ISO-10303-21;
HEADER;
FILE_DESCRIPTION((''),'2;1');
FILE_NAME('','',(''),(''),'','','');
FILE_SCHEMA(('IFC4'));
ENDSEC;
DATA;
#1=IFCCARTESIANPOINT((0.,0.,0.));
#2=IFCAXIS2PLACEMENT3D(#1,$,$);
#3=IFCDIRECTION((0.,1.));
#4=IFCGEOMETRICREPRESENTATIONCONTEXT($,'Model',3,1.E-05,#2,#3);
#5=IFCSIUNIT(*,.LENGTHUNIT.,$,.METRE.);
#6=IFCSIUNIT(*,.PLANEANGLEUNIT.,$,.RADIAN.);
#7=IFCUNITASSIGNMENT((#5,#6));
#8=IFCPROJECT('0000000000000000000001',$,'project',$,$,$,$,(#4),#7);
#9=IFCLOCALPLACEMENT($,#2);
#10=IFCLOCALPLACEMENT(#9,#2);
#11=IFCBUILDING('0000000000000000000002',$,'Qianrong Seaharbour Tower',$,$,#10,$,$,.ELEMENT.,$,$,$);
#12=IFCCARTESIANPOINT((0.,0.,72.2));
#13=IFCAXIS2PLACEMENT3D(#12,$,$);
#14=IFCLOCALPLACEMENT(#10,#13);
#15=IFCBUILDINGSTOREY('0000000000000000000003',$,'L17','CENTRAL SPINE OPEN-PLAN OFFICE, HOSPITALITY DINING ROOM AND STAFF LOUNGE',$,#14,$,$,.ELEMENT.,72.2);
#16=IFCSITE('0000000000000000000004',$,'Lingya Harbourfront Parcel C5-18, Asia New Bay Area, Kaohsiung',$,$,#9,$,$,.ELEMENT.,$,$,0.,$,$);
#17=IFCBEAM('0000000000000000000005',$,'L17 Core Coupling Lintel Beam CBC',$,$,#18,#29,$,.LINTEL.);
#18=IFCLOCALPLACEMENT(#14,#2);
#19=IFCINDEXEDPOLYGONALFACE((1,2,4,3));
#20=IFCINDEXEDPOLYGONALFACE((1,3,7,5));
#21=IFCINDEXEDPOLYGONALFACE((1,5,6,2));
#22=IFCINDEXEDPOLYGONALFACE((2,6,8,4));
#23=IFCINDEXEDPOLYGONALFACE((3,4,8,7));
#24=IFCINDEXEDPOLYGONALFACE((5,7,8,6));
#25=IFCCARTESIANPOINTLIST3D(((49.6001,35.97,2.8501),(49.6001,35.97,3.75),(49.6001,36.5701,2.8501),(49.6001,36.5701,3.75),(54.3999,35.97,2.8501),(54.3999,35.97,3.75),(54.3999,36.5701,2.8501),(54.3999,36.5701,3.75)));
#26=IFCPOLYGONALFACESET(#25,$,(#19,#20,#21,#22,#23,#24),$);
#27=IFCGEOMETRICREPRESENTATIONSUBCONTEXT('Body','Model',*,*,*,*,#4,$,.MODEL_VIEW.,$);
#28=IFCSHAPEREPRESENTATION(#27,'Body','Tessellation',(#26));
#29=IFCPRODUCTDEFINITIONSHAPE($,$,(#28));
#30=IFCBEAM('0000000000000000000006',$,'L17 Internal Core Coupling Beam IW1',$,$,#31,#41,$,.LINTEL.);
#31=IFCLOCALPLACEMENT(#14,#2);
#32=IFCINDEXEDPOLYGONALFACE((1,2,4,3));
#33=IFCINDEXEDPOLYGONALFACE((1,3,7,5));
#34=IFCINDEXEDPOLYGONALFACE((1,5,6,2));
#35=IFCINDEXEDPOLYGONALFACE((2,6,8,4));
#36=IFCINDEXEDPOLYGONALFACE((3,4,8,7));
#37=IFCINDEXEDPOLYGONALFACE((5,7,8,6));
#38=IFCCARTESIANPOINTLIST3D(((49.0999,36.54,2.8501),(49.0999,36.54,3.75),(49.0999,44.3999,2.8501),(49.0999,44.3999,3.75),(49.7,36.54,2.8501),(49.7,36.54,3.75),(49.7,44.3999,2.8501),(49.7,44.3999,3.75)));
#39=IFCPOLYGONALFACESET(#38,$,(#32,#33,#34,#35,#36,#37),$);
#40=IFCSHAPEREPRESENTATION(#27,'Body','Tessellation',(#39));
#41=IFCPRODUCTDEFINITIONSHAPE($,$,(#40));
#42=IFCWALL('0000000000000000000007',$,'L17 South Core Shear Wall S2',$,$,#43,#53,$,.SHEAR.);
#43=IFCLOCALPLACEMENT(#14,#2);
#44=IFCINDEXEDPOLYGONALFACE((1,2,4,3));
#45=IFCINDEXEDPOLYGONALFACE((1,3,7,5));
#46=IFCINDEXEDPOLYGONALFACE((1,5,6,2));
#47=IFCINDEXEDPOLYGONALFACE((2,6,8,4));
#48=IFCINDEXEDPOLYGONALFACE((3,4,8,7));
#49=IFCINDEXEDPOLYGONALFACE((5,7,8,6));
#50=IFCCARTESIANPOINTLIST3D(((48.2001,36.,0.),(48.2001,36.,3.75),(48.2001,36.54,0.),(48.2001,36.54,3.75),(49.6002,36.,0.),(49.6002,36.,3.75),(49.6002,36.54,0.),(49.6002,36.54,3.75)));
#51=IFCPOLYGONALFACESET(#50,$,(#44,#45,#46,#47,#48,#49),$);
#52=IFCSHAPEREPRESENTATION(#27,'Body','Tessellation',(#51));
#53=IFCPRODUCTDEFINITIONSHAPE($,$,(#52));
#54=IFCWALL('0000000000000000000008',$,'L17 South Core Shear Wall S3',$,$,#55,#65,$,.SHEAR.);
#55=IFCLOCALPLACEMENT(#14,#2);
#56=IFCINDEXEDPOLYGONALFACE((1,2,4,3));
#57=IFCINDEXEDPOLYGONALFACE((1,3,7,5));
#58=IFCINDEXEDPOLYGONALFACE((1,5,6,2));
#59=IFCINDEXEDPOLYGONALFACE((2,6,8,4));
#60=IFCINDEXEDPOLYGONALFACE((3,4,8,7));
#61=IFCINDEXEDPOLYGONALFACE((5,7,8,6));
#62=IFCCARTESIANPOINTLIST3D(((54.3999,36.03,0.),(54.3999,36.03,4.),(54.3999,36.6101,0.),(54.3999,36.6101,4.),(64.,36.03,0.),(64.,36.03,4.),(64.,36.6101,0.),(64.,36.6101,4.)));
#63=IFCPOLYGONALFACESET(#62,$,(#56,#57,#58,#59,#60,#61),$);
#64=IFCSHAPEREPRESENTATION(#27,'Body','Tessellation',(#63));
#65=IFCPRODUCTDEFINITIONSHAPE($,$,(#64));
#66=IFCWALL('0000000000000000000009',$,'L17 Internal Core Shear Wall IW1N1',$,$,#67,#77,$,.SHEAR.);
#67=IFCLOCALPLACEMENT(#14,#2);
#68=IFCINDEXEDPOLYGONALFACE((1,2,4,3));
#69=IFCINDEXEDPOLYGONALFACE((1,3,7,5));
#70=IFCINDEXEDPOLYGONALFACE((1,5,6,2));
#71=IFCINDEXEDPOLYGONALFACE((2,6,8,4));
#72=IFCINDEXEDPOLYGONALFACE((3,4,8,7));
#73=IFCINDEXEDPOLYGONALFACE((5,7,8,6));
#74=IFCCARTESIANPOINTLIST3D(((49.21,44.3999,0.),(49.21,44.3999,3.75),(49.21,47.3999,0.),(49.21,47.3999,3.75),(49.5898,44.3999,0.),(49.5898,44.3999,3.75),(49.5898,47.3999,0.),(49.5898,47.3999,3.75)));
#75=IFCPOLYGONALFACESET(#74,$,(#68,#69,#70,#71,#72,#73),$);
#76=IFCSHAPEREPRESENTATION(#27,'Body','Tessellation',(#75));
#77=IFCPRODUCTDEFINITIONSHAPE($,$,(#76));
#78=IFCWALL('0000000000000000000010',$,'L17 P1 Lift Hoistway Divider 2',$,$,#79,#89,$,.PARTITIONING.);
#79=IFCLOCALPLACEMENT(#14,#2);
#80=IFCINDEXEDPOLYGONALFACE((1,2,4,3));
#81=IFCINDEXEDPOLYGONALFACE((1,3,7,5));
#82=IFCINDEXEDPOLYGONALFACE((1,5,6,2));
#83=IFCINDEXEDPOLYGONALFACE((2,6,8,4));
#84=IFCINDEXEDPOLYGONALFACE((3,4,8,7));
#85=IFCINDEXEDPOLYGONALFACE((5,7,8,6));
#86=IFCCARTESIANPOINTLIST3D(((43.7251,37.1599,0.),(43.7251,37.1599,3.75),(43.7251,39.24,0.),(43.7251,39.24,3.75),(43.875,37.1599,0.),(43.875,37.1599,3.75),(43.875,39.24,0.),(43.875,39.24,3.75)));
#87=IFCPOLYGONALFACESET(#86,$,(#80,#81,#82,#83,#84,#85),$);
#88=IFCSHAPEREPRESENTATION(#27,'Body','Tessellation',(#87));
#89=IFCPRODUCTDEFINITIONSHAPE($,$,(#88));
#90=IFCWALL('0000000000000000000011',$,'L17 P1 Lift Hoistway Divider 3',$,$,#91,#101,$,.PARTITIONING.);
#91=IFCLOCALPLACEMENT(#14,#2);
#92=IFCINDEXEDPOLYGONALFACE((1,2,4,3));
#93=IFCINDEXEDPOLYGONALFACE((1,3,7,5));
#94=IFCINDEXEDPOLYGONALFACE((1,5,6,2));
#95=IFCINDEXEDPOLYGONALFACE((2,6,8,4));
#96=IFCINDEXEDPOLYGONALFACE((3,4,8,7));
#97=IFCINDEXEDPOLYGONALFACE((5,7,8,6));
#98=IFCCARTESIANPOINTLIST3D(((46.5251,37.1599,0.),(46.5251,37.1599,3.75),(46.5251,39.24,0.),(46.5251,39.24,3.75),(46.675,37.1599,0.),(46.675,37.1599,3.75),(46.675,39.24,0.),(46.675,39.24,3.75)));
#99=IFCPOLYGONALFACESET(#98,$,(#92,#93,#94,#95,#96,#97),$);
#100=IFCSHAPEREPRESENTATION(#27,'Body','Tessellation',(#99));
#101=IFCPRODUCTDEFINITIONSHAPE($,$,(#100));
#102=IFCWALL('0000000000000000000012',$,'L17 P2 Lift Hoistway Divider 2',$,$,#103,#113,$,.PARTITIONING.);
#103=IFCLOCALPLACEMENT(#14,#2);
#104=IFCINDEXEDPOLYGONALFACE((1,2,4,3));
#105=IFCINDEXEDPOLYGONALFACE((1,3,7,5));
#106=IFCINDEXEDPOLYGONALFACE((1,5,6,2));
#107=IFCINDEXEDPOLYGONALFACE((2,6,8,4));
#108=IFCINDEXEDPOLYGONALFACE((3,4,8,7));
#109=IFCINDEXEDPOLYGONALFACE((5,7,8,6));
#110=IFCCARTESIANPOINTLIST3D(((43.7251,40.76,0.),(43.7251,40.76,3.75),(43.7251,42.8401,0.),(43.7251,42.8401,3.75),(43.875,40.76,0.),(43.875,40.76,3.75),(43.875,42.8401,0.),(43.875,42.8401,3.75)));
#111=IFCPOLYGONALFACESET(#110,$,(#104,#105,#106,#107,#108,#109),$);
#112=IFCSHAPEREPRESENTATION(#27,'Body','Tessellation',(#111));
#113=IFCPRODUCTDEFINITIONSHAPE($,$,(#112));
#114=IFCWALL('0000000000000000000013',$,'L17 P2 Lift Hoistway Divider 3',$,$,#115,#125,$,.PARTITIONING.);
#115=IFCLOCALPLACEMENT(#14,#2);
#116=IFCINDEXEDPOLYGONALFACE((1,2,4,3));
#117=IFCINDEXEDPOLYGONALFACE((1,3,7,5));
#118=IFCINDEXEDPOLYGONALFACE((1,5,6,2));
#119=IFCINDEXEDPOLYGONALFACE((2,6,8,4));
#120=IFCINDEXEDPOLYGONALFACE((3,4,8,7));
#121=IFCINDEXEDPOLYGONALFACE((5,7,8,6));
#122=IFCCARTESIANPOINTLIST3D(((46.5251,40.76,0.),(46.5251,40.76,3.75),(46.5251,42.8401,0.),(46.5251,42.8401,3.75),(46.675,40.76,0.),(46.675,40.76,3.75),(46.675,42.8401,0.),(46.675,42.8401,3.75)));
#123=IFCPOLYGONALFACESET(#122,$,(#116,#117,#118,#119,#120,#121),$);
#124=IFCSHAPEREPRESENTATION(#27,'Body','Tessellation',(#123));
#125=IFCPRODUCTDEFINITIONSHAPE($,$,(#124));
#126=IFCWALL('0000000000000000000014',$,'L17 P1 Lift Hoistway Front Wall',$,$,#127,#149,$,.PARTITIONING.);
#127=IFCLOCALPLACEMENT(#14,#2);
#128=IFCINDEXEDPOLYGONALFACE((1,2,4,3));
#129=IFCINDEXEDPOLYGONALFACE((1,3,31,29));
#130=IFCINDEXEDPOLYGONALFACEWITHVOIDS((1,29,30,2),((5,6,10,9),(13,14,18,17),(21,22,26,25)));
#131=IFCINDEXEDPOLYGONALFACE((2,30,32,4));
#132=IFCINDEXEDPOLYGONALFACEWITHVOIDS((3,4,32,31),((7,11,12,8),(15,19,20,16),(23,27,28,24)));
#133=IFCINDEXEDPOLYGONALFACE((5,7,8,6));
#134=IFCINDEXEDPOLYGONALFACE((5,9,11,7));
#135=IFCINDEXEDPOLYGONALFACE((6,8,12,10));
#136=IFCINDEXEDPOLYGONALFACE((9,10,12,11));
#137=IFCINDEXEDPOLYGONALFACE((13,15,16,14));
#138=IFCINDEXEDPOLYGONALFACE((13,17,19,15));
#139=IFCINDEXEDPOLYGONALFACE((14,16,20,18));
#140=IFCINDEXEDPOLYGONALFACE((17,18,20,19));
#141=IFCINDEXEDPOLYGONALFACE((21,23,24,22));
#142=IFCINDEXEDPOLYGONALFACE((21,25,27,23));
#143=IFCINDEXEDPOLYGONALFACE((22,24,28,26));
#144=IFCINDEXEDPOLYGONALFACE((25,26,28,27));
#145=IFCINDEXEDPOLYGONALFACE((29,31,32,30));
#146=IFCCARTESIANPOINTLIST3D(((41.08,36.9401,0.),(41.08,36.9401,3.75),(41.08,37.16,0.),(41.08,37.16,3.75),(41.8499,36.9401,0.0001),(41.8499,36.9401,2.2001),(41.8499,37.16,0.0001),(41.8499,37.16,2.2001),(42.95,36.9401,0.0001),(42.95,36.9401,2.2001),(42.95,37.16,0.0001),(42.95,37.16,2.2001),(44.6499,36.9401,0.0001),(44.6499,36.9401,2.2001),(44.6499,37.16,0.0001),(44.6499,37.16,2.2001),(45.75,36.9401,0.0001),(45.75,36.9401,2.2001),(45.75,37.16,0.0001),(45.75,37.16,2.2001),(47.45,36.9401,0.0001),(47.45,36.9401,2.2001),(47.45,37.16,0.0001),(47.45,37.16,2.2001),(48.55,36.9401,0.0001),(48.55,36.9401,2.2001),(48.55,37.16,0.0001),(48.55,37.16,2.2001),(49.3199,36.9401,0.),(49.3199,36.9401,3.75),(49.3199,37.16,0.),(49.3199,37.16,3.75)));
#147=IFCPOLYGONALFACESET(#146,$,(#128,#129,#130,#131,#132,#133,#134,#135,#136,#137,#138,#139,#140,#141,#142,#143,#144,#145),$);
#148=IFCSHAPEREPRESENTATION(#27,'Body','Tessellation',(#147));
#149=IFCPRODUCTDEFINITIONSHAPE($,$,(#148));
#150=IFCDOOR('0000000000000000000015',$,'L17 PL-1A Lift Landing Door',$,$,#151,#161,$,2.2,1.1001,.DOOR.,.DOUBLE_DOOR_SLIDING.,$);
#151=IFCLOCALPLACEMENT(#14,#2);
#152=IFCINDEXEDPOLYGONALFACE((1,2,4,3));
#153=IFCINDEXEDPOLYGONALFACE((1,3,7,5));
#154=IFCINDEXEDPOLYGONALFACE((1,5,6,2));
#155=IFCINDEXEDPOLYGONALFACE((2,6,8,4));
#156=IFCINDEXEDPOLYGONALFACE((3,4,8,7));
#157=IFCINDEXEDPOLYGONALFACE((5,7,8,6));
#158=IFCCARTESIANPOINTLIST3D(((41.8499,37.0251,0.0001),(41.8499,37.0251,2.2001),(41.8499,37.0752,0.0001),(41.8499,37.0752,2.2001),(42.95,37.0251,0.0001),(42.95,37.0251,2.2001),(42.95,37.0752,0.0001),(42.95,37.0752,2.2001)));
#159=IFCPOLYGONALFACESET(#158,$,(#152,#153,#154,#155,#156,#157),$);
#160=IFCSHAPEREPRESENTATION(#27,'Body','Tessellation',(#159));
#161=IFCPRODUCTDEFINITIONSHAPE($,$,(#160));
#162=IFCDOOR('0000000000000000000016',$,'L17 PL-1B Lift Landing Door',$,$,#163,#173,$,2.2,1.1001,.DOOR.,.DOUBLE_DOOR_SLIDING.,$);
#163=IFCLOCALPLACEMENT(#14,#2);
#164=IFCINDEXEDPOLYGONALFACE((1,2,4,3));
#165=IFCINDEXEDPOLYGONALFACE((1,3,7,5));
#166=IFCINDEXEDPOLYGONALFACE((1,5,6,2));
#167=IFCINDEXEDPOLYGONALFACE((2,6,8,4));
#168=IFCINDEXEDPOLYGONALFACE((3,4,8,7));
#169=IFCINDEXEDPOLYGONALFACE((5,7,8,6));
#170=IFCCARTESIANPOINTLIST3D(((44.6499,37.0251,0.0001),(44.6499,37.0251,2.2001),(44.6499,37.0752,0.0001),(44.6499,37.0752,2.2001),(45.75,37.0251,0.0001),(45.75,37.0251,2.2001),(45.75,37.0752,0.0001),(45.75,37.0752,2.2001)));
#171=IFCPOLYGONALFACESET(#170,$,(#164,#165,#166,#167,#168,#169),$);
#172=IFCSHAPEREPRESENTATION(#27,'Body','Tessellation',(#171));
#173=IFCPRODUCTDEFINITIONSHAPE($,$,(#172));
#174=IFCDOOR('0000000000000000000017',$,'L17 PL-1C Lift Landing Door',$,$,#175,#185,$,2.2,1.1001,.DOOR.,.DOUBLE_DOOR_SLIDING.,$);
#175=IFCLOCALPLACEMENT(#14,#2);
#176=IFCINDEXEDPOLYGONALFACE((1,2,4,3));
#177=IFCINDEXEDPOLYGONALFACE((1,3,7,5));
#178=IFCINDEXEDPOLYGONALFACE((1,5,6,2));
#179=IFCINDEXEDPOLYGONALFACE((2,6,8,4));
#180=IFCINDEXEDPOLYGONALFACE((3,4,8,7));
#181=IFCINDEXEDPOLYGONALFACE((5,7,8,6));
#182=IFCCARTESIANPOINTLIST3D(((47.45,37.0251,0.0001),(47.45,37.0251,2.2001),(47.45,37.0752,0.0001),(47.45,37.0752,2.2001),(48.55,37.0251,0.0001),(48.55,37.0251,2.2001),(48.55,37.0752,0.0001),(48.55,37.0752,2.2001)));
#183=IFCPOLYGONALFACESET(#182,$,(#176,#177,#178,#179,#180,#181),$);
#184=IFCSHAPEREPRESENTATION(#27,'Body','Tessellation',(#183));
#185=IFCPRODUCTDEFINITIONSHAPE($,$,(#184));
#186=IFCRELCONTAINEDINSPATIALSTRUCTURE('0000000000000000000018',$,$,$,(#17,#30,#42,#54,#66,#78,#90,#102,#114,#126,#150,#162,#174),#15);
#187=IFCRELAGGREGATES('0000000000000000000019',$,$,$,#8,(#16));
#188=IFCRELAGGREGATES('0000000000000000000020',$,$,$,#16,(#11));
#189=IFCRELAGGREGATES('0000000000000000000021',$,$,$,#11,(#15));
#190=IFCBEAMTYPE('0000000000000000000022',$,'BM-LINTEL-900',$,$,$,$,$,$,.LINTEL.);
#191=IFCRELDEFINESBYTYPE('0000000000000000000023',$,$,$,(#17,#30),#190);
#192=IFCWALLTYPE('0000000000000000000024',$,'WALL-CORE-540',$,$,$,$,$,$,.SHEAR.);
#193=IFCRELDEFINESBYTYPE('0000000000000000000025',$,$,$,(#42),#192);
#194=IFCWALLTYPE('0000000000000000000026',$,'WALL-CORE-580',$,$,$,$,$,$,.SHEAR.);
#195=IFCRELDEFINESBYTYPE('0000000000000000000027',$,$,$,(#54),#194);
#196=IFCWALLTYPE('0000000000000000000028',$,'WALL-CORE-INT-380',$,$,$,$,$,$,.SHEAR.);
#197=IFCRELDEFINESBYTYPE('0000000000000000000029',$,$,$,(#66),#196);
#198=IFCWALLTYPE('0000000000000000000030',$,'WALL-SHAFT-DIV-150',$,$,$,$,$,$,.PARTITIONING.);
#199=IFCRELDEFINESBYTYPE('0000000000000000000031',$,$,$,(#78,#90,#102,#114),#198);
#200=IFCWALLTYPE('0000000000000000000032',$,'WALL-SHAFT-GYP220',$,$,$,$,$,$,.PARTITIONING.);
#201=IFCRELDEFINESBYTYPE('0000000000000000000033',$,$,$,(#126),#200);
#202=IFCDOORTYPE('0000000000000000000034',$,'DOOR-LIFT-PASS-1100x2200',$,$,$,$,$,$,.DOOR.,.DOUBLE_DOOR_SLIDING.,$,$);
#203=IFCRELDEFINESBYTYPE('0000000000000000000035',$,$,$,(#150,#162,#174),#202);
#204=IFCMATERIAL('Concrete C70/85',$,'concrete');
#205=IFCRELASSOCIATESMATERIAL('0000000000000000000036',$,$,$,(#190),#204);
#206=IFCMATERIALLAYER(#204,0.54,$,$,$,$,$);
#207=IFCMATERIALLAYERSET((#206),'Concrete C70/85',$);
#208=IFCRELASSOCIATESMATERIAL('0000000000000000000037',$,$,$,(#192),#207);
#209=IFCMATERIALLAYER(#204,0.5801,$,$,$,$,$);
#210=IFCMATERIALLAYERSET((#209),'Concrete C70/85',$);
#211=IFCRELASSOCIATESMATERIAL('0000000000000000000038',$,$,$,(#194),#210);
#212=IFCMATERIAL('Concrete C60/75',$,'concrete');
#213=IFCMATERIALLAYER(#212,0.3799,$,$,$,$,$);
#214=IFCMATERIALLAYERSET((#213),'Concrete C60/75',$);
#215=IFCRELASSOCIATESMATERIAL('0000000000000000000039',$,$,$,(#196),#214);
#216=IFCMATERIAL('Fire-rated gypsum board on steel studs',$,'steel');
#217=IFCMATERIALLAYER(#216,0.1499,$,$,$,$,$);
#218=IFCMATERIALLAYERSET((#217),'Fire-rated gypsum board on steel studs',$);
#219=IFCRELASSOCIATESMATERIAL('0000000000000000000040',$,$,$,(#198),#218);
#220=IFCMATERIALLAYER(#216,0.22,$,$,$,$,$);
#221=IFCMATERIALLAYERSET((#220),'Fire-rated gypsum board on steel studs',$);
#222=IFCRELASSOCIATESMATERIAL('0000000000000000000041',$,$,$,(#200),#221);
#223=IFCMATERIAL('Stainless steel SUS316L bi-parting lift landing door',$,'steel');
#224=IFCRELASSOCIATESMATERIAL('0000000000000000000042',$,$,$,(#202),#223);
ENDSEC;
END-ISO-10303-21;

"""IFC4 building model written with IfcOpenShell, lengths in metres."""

from ifc_helpers import new_model, si_unit, direction, frame, frame_2d, origin, origin_2d, place, context, subcontext, project, spatial, rectangle, extrude, material, layer, layer_set, material_profile, profile_set, type_object, element, fill, save


model = new_model("IFC4")

# Units and contexts
model_context = context("Model", 3, precision=1e-05, world=origin(), true_north=direction((0.0, 1.0)))
body_context = subcontext(model_context, "Body", "Model", "MODEL_VIEW")
ifc_project = project(units=[si_unit("LENGTHUNIT", "METRE"), si_unit("PLANEANGLEUNIT", "RADIAN")], contexts=[model_context])

# Site, building, storey
site_placement = place(None, origin())
site = spatial("IfcSite", under=ifc_project, at=site_placement, Name="Lingya Harbourfront Parcel C5-18, Asia New Bay Area, Kaohsiung", CompositionType="ELEMENT", RefElevation=0.0)
building_placement = place(site_placement, origin())
building = spatial("IfcBuilding", under=site, at=building_placement, Name="Qianrong Seaharbour Tower", CompositionType="ELEMENT")
storey_placement = place(building_placement, frame((0.0, 0.0, 72.2)))
storey = spatial("IfcBuildingStorey", under=building, at=storey_placement, Name="L17", Description="CENTRAL SPINE OPEN-PLAN OFFICE, HOSPITALITY DINING ROOM AND STAFF LOUNGE", CompositionType="ELEMENT", Elevation=72.2)

# Beams
ifc_material_1 = material(Name="Concrete C70/85", Category="concrete")
ifc_material_profile = material_profile(ifc_material_1, rectangle(XDim=0.6001, YDim=0.8999, at=origin_2d()), Name="RC600x900")
ifc_profile_set = profile_set([ifc_material_profile], Name="Concrete C70/85")
beam_type = type_object("IfcBeamType", Name="BM-LINTEL-900", PredefinedType="LINTEL", material=ifc_profile_set)
beam_1_placement = place(storey_placement, frame((49.6001, 36.27, 3.3), z_axis=(1.0, 0.0, 0.0), x_axis=(0.0, 1.0, 0.0)))
element("IfcBeam", 1, at=beam_1_placement, inside=storey, type_object=beam_type, Name="L17 Core Coupling Lintel Beam CBC", PredefinedType="LINTEL", context=body_context, shape_type="SweptSolid", body=[
    extrude(rectangle(XDim=0.6001, YDim=0.8999, at=origin_2d()), origin(), (0.0, 0.0, 1.0), 4.7998),
])
beam_2_placement = place(storey_placement, frame((49.3999, 36.54, 3.3), z_axis=(0.0, 1.0, 0.0), x_axis=(-1.0, 0.0, 0.0)))
element("IfcBeam", 2, at=beam_2_placement, inside=storey, type_object=beam_type, Name="L17 Internal Core Coupling Beam IW1", PredefinedType="LINTEL", context=body_context, shape_type="SweptSolid", body=[
    extrude(rectangle(XDim=0.6001, YDim=0.8999, at=origin_2d()), origin(), (0.0, 0.0, 1.0), 7.8599),
])

# Walls
ifc_layer_1 = layer(ifc_material_1, 0.54)
ifc_layer_set_1 = layer_set([ifc_layer_1], Name="Concrete C70/85")
wall_type_1 = type_object("IfcWallType", Name="WALL-CORE-540", PredefinedType="SHEAR", material=ifc_layer_set_1)
wall_1_placement = place(storey_placement, frame((48.2, 36.27, 0.0), z_axis=(0.0, 0.0, 1.0), x_axis=(1.0, 0.0, 0.0)))
element("IfcWall", 3, at=wall_1_placement, inside=storey, type_object=wall_type_1, Name="L17 South Core Shear Wall S2", PredefinedType="SHEAR", context=body_context, shape_type="SweptSolid", body=[
    extrude(rectangle(XDim=1.4001, YDim=0.54, at=frame_2d((0.7002, 0.0))), origin(), (0.0, 0.0, 1.0), 3.75),
])
ifc_layer_2 = layer(ifc_material_1, 0.5801)
ifc_layer_set_2 = layer_set([ifc_layer_2], Name="Concrete C70/85")
wall_type_2 = type_object("IfcWallType", Name="WALL-CORE-580", PredefinedType="SHEAR", material=ifc_layer_set_2)
wall_2_placement = place(storey_placement, frame((54.3999, 36.3201, 0.0), z_axis=(0.0, 0.0, 1.0), x_axis=(1.0, 0.0, 0.0)))
element("IfcWall", 4, at=wall_2_placement, inside=storey, type_object=wall_type_2, Name="L17 South Core Shear Wall S3", PredefinedType="SHEAR", context=body_context, shape_type="SweptSolid", body=[
    extrude(rectangle(XDim=9.6001, YDim=0.5801, at=frame_2d((4.8, 0.0))), origin(), (0.0, 0.0, 1.0), 4.0),
])
ifc_material_2 = material(Name="Concrete C60/75", Category="concrete")
ifc_layer_3 = layer(ifc_material_2, 0.3799)
ifc_layer_set_3 = layer_set([ifc_layer_3], Name="Concrete C60/75")
wall_type_3 = type_object("IfcWallType", Name="WALL-CORE-INT-380", PredefinedType="SHEAR", material=ifc_layer_set_3)
wall_3_placement = place(storey_placement, frame((49.3999, 44.3999, 0.0), z_axis=(0.0, 0.0, 1.0), x_axis=(0.0, 1.0, 0.0)))
element("IfcWall", 5, at=wall_3_placement, inside=storey, type_object=wall_type_3, Name="L17 Internal Core Shear Wall IW1N1", PredefinedType="SHEAR", context=body_context, shape_type="SweptSolid", body=[
    extrude(rectangle(XDim=3.0, YDim=0.3799, at=frame_2d((1.5, 0.0))), origin(), (0.0, 0.0, 1.0), 3.75),
])
ifc_material_3 = material(Name="Fire-rated gypsum board on steel studs", Category="steel")
ifc_layer_4 = layer(ifc_material_3, 0.1499)
ifc_layer_set_4 = layer_set([ifc_layer_4], Name="Fire-rated gypsum board on steel studs")
wall_type_4 = type_object("IfcWallType", Name="WALL-SHAFT-DIV-150", PredefinedType="PARTITIONING", material=ifc_layer_set_4)
for number, where, z_axis, x_axis, name in (
    (6, (43.8, 37.1599, 0.0), (0.0, 0.0, 1.0), (0.0, 1.0, 0.0), "L17 P1 Lift Hoistway Divider 2"),
    (7, (46.6001, 37.1599, 0.0), (0.0, 0.0, 1.0), (0.0, 1.0, 0.0), "L17 P1 Lift Hoistway Divider 3"),
    (8, (43.8, 40.76, 0.0), (0.0, 0.0, 1.0), (0.0, 1.0, 0.0), "L17 P2 Lift Hoistway Divider 2"),
    (9, (46.6001, 40.76, 0.0), (0.0, 0.0, 1.0), (0.0, 1.0, 0.0), "L17 P2 Lift Hoistway Divider 3"),
):
    element("IfcWall", number, at=place(storey_placement, frame(where, z_axis=z_axis, x_axis=x_axis)), inside=storey, type_object=wall_type_4, Name=name, PredefinedType="PARTITIONING", context=body_context, shape_type="SweptSolid", body=[
        extrude(rectangle(XDim=2.0801, YDim=0.1499, at=frame_2d((1.04, 0.0))), origin(), (0.0, 0.0, 1.0), 3.75),
    ])

# Wall, openings, doors
ifc_layer_5 = layer(ifc_material_3, 0.22)
ifc_layer_set_5 = layer_set([ifc_layer_5], Name="Fire-rated gypsum board on steel studs")
wall_type_5 = type_object("IfcWallType", Name="WALL-SHAFT-GYP220", PredefinedType="PARTITIONING", material=ifc_layer_set_5)
wall_4_placement = place(storey_placement, frame((49.3201, 37.05, 0.0), z_axis=(0.0, 0.0, 1.0), x_axis=(-1.0, 0.0, 0.0)))
wall_4 = element("IfcWall", 10, at=wall_4_placement, inside=storey, type_object=wall_type_5, Name="L17 P1 Lift Hoistway Front Wall", PredefinedType="PARTITIONING", context=body_context, shape_type="SweptSolid", body=[
    extrude(rectangle(XDim=8.24, YDim=0.22, at=frame_2d((4.1201, 0.0))), origin(), (0.0, 0.0, 1.0), 3.75),
])
opening_1_placement = place(wall_4_placement, frame((6.3701, 0.0, 0.0)))
opening_1 = element("IfcOpeningElement", 11, at=opening_1_placement, cuts=wall_4, PredefinedType="OPENING", context=body_context, shape_type="SweptSolid", body=[
    extrude(rectangle(XDim=1.1001, YDim=2.2, at=frame_2d((0.55, 1.1001))), frame((0.0, 0.1201, 0.0), z_axis=(0.0, -1.0, 0.0), x_axis=(1.0, 0.0, 0.0)), (0.0, 0.0, 1.0), 0.24),
])
opening_2_placement = place(wall_4_placement, frame((3.5701, 0.0, 0.0)))
opening_2 = element("IfcOpeningElement", 12, at=opening_2_placement, cuts=wall_4, PredefinedType="OPENING", context=body_context, shape_type="SweptSolid", body=[
    extrude(rectangle(XDim=1.1001, YDim=2.2, at=frame_2d((0.55, 1.1001))), frame((0.0, 0.1201, 0.0), z_axis=(0.0, -1.0, 0.0), x_axis=(1.0, 0.0, 0.0)), (0.0, 0.0, 1.0), 0.24),
])
opening_3_placement = place(wall_4_placement, frame((0.77, 0.0, 0.0)))
opening_3 = element("IfcOpeningElement", 13, at=opening_3_placement, cuts=wall_4, PredefinedType="OPENING", context=body_context, shape_type="SweptSolid", body=[
    extrude(rectangle(XDim=1.1001, YDim=2.2, at=frame_2d((0.55, 1.1001))), frame((0.0, 0.1201, 0.0), z_axis=(0.0, -1.0, 0.0), x_axis=(1.0, 0.0, 0.0)), (0.0, 0.0, 1.0), 0.24),
])
ifc_material_4 = material(Name="Stainless steel SUS316L bi-parting lift landing door", Category="steel")
door_type = type_object("IfcDoorType", Name="DOOR-LIFT-PASS-1100x2200", OperationType="DOUBLE_DOOR_SLIDING", PredefinedType="DOOR", material=ifc_material_4)
door_1_placement = place(opening_1_placement, origin())
door_1 = element("IfcDoor", 14, at=door_1_placement, inside=storey, type_object=door_type, Name="L17 PL-1A Lift Landing Door", OperationType="DOUBLE_DOOR_SLIDING", OverallHeight=2.2, OverallWidth=1.1001, PredefinedType="DOOR", context=body_context, shape_type="SweptSolid", body=[
    extrude(rectangle(XDim=1.1001, YDim=2.2, at=frame_2d((0.55, 1.1001))), frame((0.0, 0.0249, 0.0), z_axis=(0.0, -1.0, 0.0), x_axis=(1.0, 0.0, 0.0)), (0.0, 0.0, 1.0), 0.05),
])
fill(opening_1, door_1)
door_2_placement = place(opening_2_placement, origin())
door_2 = element("IfcDoor", 15, at=door_2_placement, inside=storey, type_object=door_type, Name="L17 PL-1B Lift Landing Door", OperationType="DOUBLE_DOOR_SLIDING", OverallHeight=2.2, OverallWidth=1.1001, PredefinedType="DOOR", context=body_context, shape_type="SweptSolid", body=[
    extrude(rectangle(XDim=1.1001, YDim=2.2, at=frame_2d((0.55, 1.1001))), frame((0.0, 0.0249, 0.0), z_axis=(0.0, -1.0, 0.0), x_axis=(1.0, 0.0, 0.0)), (0.0, 0.0, 1.0), 0.05),
])
fill(opening_2, door_2)
door_3_placement = place(opening_3_placement, origin())
door_3 = element("IfcDoor", 16, at=door_3_placement, inside=storey, type_object=door_type, Name="L17 PL-1C Lift Landing Door", OperationType="DOUBLE_DOOR_SLIDING", OverallHeight=2.2, OverallWidth=1.1001, PredefinedType="DOOR", context=body_context, shape_type="SweptSolid", body=[
    extrude(rectangle(XDim=1.1001, YDim=2.2, at=frame_2d((0.55, 1.1001))), frame((0.0, 0.0249, 0.0), z_axis=(0.0, -1.0, 0.0), x_axis=(1.0, 0.0, 0.0)), (0.0, 0.0, 1.0), 0.05),
])
fill(opening_3, door_3)

save(model, "model.ifc")
